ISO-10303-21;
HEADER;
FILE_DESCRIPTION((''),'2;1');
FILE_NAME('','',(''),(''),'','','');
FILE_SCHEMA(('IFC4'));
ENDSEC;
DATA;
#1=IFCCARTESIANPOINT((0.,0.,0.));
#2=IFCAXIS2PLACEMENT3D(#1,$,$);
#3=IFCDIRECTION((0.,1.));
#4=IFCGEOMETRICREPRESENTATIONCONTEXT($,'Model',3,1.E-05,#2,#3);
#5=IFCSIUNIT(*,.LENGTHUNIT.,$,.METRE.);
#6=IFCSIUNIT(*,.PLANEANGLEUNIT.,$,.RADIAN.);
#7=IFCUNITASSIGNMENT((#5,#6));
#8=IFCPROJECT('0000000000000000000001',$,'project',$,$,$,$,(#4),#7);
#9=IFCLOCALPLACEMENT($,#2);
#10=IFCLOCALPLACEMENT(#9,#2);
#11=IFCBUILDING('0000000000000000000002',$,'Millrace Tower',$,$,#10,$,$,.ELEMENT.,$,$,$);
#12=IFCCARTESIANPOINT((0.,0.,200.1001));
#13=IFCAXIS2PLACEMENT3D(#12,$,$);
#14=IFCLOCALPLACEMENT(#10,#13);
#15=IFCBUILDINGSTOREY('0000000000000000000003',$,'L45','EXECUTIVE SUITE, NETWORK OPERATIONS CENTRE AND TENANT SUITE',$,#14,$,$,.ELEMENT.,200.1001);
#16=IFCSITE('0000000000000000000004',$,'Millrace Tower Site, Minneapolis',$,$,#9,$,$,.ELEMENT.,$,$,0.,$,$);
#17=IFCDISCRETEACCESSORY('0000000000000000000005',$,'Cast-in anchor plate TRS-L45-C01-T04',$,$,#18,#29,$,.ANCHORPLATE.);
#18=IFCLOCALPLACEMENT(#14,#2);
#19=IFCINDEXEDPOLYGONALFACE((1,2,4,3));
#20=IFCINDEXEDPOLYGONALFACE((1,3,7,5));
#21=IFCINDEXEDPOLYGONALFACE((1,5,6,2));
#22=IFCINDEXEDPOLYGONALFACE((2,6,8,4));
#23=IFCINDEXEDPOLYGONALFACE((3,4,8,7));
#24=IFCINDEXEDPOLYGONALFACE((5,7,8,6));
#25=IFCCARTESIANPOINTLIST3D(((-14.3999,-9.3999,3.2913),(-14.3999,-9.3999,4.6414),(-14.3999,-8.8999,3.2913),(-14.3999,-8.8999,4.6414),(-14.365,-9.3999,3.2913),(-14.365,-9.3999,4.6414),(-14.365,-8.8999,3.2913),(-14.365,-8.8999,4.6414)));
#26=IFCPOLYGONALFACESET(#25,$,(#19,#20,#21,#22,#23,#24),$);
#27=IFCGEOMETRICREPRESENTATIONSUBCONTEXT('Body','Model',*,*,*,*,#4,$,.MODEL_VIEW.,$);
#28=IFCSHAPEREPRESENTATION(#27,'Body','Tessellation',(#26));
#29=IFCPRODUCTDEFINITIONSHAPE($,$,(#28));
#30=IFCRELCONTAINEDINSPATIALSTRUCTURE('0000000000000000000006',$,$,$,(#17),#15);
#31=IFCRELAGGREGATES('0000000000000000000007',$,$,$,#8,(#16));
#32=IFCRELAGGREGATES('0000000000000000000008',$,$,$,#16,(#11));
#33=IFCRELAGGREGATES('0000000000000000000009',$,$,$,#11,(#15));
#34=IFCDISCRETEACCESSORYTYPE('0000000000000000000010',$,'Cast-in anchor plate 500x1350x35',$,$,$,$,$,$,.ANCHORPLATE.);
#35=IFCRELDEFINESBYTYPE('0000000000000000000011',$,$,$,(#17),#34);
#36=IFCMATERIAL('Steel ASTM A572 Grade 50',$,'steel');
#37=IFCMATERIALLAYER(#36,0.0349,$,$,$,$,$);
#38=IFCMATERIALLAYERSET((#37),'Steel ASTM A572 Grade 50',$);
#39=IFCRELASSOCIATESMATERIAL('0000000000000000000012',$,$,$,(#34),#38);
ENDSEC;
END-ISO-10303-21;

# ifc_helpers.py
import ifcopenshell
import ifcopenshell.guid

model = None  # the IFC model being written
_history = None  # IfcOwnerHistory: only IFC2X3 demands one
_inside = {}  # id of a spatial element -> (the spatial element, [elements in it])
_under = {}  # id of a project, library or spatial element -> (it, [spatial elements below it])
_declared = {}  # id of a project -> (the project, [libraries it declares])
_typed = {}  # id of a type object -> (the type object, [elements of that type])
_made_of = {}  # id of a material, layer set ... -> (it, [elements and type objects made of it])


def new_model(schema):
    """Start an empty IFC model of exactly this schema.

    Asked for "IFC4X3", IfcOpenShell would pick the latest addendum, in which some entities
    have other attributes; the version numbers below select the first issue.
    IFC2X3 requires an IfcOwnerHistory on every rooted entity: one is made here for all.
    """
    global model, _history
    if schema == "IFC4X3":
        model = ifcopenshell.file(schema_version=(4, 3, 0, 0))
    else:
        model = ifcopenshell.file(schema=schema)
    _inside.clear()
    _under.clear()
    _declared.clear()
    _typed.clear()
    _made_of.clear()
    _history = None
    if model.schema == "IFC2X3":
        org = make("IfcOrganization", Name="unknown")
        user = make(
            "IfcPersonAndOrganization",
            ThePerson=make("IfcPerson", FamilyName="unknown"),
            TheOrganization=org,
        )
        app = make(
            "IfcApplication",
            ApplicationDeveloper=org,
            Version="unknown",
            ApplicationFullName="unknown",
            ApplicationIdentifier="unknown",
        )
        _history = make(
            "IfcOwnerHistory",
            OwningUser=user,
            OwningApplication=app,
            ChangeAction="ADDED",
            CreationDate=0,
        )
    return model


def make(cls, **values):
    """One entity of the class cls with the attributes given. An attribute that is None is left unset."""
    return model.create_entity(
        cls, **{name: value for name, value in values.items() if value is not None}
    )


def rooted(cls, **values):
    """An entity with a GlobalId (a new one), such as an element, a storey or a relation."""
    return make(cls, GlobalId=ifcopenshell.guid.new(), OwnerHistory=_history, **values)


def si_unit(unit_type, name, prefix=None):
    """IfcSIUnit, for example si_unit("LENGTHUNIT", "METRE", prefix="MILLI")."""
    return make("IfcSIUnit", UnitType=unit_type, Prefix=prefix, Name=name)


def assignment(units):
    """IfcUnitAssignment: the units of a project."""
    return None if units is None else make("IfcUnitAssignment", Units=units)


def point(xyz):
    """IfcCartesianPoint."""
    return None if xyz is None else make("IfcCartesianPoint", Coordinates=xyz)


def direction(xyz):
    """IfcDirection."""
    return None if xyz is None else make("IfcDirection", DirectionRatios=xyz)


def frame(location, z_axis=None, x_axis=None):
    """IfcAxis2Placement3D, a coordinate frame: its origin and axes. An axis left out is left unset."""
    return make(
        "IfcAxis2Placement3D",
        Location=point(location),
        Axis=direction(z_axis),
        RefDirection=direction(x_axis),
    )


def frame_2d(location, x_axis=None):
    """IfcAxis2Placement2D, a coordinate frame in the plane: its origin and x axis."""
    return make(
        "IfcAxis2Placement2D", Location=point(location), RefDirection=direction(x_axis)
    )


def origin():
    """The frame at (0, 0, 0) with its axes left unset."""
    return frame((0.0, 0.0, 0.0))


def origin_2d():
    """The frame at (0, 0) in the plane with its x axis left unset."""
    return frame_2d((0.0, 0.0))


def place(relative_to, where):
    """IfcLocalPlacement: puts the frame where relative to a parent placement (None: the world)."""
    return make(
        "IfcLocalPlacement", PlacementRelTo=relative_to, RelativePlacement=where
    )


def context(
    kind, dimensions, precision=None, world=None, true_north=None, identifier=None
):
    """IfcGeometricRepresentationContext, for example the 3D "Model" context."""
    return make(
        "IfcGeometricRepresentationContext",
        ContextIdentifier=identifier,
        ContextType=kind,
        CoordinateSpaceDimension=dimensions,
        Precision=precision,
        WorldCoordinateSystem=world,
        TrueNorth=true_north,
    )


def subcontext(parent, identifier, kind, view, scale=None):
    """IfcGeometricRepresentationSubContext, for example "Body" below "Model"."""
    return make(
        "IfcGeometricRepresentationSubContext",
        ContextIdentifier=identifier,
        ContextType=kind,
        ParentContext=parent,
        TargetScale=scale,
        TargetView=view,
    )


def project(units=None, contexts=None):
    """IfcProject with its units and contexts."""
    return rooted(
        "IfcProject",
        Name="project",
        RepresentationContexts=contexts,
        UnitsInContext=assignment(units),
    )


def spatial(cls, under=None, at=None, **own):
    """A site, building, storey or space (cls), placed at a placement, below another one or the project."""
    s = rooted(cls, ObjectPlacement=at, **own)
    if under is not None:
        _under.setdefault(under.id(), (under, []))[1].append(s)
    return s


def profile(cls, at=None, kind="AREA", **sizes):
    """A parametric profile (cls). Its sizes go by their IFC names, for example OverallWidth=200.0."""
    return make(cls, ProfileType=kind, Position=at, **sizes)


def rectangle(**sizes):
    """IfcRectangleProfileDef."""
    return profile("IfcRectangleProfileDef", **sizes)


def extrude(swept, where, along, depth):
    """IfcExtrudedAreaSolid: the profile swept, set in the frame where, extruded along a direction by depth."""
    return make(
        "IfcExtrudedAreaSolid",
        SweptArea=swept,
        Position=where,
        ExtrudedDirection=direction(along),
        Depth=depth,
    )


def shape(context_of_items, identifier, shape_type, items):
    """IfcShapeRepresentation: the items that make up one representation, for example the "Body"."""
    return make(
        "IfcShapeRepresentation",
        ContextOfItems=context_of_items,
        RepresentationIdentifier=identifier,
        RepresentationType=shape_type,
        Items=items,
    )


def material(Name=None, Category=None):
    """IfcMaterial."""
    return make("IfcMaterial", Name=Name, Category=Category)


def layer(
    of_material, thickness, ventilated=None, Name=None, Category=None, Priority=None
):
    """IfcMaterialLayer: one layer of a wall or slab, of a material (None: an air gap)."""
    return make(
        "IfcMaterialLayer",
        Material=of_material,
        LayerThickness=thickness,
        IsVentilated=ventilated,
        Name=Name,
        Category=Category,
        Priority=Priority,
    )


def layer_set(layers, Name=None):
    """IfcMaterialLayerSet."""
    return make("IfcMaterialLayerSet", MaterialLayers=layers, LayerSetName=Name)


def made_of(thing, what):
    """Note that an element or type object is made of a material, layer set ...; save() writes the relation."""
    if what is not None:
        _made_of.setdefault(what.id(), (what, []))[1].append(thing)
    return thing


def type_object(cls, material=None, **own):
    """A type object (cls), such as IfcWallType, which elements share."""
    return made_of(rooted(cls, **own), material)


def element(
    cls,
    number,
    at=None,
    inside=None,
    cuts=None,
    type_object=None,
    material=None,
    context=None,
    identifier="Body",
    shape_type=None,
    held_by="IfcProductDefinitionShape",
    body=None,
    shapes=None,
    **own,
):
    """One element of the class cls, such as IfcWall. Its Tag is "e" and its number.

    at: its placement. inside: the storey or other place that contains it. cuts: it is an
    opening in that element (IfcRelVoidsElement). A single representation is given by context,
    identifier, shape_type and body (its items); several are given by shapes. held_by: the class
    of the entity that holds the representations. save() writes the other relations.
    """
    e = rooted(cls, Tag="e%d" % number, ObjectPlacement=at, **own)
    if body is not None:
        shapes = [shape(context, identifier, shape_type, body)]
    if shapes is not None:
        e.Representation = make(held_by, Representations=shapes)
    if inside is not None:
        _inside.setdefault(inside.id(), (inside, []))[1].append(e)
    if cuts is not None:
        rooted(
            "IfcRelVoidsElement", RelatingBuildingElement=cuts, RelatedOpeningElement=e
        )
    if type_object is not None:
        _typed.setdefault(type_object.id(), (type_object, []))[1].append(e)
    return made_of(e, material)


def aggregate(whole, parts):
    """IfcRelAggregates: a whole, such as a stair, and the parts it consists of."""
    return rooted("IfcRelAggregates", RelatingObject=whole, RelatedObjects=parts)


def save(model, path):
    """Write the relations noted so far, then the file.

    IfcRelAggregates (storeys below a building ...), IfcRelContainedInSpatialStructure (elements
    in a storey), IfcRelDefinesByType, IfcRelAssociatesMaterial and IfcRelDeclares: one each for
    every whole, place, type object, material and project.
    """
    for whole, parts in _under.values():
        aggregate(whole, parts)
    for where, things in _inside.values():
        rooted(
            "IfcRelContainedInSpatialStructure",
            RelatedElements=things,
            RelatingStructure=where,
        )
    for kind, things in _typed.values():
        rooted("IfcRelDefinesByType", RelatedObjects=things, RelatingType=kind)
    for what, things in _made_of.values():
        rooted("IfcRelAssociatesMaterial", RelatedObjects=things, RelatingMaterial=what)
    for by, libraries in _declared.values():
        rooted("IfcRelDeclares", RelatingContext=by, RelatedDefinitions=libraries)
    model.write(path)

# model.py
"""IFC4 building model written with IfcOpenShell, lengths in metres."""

from ifc_helpers import new_model, si_unit, direction, frame, origin, origin_2d, place, context, subcontext, project, spatial, rectangle, extrude, material, layer, layer_set, type_object, element, save


model = new_model("IFC4")

# Units and contexts
model_context = context("Model", 3, precision=1e-05, world=origin(), true_north=direction((0.0, 1.0)))
body_context = subcontext(model_context, "Body", "Model", "MODEL_VIEW")
ifc_project = project(units=[si_unit("LENGTHUNIT", "METRE"), si_unit("PLANEANGLEUNIT", "RADIAN")], contexts=[model_context])

# Site, building, storey
site_placement = place(None, origin())
site = spatial("IfcSite", under=ifc_project, at=site_placement, Name="Millrace Tower Site, Minneapolis", CompositionType="ELEMENT", RefElevation=0.0)
building_placement = place(site_placement, origin())
building = spatial("IfcBuilding", under=site, at=building_placement, Name="Millrace Tower", CompositionType="ELEMENT")
storey_placement = place(building_placement, frame((0.0, 0.0, 200.1001)))
storey = spatial("IfcBuildingStorey", under=building, at=storey_placement, Name="L45", Description="EXECUTIVE SUITE, NETWORK OPERATIONS CENTRE AND TENANT SUITE", CompositionType="ELEMENT", Elevation=200.1001)

# Discrete accessory
ifc_material_1 = material(Name="Steel ASTM A572 Grade 50", Category="steel")
ifc_layer_1 = layer(ifc_material_1, 0.0349)
ifc_layer_set_1 = layer_set([ifc_layer_1], Name="Steel ASTM A572 Grade 50")
discrete_accessory_type = type_object("IfcDiscreteAccessoryType", Name="Cast-in anchor plate 500x1350x35", PredefinedType="ANCHORPLATE", material=ifc_layer_set_1)
discrete_accessory_placement = place(storey_placement, frame((-14.365, -9.1499, 3.9663), z_axis=(-1.0, 0.0, 0.0), x_axis=(0.0, -1.0, 0.0)))
element("IfcDiscreteAccessory", 1, at=discrete_accessory_placement, inside=storey, type_object=discrete_accessory_type, Name="Cast-in anchor plate TRS-L45-C01-T04", PredefinedType="ANCHORPLATE", context=body_context, shape_type="SweptSolid", body=[
    extrude(rectangle(XDim=0.5, YDim=1.3501, at=origin_2d()), origin(), (0.0, 0.0, 1.0), 0.0349),
])

save(model, "model.ifc")
